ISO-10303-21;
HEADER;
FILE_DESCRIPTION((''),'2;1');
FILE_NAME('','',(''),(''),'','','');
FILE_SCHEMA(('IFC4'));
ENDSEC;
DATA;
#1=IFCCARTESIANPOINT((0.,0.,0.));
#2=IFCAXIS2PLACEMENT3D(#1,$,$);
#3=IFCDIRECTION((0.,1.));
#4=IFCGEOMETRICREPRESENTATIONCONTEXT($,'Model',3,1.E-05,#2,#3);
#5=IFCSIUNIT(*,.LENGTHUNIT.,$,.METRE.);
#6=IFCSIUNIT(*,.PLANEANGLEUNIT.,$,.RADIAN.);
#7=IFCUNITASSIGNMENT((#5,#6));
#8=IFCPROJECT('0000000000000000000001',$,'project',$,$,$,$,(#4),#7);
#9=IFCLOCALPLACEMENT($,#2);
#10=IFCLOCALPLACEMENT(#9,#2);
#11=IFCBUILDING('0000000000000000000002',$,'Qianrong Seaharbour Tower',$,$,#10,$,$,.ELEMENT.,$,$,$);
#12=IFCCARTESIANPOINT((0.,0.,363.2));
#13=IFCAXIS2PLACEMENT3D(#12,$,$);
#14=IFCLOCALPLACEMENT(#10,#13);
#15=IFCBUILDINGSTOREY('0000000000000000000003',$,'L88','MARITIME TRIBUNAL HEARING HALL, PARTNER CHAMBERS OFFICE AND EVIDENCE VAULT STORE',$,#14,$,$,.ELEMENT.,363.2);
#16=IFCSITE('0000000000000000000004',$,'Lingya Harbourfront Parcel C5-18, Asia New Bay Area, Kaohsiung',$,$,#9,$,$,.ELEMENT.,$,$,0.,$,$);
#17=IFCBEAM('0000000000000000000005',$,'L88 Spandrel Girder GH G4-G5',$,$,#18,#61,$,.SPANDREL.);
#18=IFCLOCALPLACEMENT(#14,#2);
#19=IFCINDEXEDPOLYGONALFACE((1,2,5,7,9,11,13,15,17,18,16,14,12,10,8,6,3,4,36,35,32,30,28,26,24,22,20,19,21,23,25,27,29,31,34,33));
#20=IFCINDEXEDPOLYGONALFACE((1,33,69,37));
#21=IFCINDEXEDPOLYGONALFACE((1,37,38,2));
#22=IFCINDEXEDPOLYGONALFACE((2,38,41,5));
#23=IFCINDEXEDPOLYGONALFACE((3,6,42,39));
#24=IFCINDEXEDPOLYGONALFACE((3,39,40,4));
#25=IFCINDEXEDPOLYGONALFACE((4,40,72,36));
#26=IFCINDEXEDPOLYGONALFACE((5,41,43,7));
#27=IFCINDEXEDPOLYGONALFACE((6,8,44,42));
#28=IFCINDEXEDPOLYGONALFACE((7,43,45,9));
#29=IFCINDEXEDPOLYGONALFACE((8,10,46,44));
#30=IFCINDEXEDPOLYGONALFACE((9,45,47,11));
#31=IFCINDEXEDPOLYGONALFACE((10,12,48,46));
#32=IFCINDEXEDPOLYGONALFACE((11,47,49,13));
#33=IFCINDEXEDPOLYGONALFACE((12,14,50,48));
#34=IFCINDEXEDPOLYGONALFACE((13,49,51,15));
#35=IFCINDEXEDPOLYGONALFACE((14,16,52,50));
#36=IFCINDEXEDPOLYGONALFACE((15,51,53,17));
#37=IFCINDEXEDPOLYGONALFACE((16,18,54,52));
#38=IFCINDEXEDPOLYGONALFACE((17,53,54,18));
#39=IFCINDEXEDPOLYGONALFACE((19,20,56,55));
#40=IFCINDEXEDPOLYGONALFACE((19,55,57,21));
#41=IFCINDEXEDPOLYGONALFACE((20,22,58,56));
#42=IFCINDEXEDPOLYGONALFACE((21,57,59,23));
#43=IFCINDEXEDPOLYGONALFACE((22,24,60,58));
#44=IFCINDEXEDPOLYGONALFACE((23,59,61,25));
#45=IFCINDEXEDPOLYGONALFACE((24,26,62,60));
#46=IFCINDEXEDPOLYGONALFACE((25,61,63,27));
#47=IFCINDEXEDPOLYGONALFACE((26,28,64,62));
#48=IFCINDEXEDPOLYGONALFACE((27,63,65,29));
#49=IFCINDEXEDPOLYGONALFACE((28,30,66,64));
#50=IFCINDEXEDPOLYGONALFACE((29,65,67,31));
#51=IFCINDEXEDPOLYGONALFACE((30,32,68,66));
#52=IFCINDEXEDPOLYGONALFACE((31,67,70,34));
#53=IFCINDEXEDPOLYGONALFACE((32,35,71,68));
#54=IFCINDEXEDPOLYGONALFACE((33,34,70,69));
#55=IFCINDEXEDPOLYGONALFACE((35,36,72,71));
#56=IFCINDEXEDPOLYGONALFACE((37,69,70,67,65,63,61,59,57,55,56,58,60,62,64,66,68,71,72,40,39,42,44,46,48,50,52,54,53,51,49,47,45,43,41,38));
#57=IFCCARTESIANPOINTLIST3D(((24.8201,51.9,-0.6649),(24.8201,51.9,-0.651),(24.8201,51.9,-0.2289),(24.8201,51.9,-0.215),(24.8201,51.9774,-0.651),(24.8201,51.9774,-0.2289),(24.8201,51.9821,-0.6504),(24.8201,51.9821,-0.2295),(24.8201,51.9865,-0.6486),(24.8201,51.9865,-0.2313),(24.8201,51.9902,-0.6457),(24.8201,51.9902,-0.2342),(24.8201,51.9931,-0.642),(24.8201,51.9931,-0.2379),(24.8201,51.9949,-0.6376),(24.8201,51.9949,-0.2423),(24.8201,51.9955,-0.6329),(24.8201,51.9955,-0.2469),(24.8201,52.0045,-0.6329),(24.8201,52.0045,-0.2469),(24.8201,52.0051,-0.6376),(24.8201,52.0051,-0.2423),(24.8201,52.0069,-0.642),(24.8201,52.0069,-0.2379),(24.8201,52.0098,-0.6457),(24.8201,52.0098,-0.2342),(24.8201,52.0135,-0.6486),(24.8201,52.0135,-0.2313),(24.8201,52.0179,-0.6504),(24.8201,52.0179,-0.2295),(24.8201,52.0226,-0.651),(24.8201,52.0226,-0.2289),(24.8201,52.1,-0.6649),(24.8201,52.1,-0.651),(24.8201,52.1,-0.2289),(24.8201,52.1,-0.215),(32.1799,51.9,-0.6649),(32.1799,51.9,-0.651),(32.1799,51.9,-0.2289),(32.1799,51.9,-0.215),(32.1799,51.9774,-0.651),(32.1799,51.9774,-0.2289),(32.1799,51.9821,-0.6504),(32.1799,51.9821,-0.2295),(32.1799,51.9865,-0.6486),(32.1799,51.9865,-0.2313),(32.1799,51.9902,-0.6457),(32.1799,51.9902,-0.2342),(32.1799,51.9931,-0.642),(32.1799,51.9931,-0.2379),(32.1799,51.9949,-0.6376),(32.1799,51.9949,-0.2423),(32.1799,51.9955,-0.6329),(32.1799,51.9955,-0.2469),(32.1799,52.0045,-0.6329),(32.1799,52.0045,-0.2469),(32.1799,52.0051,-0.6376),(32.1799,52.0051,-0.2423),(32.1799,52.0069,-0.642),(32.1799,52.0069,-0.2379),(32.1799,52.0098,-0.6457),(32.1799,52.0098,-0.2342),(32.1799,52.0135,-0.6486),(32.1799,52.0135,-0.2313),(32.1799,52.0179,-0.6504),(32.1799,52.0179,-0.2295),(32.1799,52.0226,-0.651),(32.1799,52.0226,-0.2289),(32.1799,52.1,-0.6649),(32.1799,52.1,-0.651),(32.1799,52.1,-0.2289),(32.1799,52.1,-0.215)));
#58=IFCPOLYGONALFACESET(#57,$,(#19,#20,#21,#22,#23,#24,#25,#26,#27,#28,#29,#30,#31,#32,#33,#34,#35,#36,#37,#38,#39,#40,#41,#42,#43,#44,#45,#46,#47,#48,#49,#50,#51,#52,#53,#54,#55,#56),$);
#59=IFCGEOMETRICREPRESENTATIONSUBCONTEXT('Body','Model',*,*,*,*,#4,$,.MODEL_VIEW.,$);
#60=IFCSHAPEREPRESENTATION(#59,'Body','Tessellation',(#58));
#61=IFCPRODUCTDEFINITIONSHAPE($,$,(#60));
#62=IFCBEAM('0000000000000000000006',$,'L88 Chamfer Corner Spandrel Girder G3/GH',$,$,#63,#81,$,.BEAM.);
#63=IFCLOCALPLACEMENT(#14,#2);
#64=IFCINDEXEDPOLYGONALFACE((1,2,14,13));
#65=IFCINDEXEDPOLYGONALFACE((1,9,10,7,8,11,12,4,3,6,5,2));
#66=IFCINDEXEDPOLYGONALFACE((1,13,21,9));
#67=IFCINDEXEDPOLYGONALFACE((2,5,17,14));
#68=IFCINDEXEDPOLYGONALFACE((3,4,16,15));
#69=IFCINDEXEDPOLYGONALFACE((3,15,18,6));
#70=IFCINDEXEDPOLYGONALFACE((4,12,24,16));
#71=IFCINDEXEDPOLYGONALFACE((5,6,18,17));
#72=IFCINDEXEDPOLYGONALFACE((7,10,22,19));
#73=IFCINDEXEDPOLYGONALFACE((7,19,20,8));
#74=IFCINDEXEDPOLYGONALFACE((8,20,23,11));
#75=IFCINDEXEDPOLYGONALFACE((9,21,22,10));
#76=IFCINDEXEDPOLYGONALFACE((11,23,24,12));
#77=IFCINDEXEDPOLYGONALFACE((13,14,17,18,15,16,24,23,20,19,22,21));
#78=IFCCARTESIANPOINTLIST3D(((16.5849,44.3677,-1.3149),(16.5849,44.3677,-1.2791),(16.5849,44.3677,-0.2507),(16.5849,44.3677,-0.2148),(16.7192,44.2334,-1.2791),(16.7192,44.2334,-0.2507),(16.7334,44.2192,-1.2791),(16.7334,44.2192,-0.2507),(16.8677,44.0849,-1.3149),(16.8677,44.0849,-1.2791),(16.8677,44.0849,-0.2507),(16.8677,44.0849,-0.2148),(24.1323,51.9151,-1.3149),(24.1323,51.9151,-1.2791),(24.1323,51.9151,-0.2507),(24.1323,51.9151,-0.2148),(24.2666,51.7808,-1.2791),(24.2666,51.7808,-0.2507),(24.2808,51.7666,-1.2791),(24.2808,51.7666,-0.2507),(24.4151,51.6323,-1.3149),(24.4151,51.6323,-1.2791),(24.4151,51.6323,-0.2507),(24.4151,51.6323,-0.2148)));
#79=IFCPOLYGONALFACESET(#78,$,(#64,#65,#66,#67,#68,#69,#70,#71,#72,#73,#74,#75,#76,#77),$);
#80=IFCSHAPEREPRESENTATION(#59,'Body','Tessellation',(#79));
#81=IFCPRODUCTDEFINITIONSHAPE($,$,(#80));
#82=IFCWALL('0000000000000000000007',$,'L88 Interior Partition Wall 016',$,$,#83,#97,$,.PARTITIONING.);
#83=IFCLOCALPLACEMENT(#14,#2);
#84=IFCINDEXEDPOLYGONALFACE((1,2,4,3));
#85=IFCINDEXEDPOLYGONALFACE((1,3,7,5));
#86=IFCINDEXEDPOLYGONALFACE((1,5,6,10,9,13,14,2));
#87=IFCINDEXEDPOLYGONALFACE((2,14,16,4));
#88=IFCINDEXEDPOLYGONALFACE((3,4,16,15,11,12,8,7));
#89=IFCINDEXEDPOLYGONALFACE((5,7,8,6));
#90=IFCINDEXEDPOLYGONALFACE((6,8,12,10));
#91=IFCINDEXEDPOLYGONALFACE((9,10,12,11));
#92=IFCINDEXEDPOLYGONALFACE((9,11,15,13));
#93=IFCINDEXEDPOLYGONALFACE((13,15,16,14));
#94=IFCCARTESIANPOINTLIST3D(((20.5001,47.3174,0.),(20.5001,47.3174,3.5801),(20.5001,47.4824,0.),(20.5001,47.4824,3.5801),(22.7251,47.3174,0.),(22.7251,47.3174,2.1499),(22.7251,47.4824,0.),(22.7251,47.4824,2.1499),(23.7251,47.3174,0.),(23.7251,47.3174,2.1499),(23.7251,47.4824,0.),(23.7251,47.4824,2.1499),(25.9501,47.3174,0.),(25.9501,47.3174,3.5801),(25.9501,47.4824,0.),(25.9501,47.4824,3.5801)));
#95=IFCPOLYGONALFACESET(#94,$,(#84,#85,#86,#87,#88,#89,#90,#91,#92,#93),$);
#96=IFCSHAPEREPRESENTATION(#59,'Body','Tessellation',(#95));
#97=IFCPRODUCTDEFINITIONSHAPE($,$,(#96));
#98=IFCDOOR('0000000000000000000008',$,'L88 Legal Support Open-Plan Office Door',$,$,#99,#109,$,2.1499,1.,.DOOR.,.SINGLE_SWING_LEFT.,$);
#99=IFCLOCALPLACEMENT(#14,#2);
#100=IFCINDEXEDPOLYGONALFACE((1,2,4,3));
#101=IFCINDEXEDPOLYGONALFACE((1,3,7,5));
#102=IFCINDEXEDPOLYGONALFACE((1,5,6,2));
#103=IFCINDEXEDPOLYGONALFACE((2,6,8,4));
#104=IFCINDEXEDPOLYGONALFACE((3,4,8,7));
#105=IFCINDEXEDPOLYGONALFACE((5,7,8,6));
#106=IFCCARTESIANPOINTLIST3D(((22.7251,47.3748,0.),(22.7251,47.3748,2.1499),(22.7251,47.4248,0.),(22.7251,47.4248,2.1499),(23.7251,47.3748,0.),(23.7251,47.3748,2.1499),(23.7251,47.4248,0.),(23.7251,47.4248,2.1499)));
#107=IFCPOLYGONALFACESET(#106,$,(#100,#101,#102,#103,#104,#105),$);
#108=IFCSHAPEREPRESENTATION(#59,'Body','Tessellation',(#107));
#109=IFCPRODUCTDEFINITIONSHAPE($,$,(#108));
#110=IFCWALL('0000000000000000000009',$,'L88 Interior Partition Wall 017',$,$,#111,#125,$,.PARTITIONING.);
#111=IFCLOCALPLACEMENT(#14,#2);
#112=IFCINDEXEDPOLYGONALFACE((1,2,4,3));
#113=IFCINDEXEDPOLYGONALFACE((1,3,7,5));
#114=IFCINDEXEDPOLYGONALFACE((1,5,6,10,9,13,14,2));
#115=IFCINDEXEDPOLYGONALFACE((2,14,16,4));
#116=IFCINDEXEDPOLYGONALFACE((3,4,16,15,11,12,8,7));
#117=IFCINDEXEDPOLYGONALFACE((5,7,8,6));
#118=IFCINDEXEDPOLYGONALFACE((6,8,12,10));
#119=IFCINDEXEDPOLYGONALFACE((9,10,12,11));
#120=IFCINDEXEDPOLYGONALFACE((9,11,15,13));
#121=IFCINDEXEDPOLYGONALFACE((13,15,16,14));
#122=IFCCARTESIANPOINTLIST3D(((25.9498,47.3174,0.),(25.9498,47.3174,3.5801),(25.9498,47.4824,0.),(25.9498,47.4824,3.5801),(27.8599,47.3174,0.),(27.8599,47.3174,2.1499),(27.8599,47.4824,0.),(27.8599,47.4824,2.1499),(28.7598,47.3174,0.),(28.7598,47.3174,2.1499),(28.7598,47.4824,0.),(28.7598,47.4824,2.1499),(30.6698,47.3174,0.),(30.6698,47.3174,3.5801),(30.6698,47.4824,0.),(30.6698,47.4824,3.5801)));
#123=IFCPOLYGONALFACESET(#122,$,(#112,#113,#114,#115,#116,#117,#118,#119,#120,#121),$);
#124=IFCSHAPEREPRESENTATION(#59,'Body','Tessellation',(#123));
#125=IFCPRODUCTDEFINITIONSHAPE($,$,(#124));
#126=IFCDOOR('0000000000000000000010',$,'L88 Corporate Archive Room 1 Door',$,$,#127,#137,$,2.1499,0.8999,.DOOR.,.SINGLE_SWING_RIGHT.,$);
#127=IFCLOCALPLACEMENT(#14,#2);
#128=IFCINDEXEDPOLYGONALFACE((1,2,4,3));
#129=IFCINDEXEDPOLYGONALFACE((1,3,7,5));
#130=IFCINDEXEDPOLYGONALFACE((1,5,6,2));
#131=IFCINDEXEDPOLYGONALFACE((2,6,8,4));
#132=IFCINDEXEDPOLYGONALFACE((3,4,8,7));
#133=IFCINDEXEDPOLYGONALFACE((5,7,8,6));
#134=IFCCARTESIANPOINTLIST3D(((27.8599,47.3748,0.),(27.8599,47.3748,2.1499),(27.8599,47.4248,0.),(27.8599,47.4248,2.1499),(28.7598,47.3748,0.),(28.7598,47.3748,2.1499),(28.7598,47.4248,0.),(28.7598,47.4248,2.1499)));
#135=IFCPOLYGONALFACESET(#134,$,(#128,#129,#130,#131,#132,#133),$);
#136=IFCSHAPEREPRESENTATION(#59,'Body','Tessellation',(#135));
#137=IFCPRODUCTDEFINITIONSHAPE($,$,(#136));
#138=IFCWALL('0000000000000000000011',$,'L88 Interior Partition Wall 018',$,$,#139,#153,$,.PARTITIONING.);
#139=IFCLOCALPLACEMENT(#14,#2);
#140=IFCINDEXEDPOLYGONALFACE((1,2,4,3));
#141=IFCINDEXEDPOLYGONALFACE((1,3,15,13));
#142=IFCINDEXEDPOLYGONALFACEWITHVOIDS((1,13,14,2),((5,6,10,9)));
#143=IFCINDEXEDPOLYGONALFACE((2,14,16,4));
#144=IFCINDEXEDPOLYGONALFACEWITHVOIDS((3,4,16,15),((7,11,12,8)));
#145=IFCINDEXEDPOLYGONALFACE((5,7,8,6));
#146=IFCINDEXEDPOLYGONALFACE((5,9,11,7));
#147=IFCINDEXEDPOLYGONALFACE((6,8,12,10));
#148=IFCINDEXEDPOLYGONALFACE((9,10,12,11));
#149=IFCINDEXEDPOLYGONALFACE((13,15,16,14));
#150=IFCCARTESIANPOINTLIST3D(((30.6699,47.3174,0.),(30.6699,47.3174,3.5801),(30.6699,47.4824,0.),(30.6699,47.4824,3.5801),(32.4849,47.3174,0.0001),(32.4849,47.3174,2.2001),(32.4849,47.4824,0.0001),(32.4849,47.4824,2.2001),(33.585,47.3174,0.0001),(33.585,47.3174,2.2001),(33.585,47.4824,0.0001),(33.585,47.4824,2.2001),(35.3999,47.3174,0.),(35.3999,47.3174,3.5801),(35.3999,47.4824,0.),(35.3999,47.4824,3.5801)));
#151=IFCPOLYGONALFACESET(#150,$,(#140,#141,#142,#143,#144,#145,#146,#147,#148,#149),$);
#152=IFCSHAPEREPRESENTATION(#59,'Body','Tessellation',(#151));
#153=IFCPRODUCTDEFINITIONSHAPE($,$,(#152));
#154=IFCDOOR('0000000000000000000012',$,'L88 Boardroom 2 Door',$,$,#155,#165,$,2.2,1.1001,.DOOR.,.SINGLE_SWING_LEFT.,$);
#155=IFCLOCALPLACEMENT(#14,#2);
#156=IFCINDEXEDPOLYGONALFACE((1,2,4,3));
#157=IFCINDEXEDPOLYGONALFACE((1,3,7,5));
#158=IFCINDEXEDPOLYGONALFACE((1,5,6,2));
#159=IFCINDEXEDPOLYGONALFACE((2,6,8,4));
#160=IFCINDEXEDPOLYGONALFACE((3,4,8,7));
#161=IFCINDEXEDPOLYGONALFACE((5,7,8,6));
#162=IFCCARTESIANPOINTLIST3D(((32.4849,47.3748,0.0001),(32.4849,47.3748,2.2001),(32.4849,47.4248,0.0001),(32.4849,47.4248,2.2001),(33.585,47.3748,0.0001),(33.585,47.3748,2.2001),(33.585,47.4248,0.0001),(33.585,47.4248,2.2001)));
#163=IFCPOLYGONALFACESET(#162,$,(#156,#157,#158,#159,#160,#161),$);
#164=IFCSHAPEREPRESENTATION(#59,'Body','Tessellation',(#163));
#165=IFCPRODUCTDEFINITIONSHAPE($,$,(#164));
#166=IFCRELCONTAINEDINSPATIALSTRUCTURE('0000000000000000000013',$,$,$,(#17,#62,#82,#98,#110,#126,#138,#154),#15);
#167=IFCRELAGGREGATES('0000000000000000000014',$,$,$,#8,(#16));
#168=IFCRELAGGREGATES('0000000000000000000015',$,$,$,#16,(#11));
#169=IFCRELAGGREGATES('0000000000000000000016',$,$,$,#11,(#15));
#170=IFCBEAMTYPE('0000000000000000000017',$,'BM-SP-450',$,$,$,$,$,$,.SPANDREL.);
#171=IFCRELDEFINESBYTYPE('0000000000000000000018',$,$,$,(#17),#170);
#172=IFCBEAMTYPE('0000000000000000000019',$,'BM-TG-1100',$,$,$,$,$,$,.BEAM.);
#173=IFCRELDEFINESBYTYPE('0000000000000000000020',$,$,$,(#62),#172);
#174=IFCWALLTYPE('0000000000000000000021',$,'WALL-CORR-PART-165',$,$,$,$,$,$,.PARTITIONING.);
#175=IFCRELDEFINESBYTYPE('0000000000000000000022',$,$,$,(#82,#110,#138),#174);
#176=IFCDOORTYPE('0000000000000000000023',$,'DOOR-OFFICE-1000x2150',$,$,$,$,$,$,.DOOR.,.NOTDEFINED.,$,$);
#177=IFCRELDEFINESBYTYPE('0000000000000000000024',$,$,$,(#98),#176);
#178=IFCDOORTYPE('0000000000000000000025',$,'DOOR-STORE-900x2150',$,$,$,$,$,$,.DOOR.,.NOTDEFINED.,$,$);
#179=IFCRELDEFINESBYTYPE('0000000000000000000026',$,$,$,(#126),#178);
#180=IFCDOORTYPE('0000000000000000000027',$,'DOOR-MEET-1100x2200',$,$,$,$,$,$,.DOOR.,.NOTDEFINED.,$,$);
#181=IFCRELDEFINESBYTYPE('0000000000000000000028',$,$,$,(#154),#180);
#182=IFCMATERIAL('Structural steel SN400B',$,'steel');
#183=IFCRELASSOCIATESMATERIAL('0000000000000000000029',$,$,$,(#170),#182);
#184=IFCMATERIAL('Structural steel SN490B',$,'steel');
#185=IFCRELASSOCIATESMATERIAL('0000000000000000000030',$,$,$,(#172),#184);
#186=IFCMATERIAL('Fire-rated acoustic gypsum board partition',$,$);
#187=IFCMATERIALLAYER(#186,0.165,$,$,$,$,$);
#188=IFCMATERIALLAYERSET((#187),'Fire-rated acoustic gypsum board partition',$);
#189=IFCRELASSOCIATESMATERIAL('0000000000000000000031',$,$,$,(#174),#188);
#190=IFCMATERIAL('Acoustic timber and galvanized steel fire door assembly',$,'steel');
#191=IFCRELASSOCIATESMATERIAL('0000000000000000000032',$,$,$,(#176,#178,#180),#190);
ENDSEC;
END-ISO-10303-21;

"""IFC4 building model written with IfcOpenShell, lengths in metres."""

from ifc_helpers import new_model, si_unit, direction, frame, frame_2d, origin, origin_2d, place, context, subcontext, project, spatial, rectangle, i_section, extrude, material, layer, layer_set, material_profile, profile_set, type_object, element, fill, save


model = new_model("IFC4")

# Units and contexts
model_context = context("Model", 3, precision=1e-05, world=origin(), true_north=direction((0.0, 1.0)))
body_context = subcontext(model_context, "Body", "Model", "MODEL_VIEW")
ifc_project = project(units=[si_unit("LENGTHUNIT", "METRE"), si_unit("PLANEANGLEUNIT", "RADIAN")], contexts=[model_context])

# Site, building, storey
site_placement = place(None, origin())
site = spatial("IfcSite", under=ifc_project, at=site_placement, Name="Lingya Harbourfront Parcel C5-18, Asia New Bay Area, Kaohsiung", CompositionType="ELEMENT", RefElevation=0.0)
building_placement = place(site_placement, origin())
building = spatial("IfcBuilding", under=site, at=building_placement, Name="Qianrong Seaharbour Tower", CompositionType="ELEMENT")
storey_placement = place(building_placement, frame((0.0, 0.0, 363.2)))
storey = spatial("IfcBuildingStorey", under=building, at=storey_placement, Name="L88", Description="MARITIME TRIBUNAL HEARING HALL, PARTNER CHAMBERS OFFICE AND EVIDENCE VAULT STORE", CompositionType="ELEMENT", Elevation=363.2)

# Shared definitions
ifc_material_1 = material(Name="Structural steel SN400B", Category="steel")

# Beams
ifc_material_2 = material(Name="Structural steel SN490B", Category="steel")
ifc_material_profile_1 = material_profile(ifc_material_1, i_section(OverallWidth=0.2, OverallDepth=0.45, WebThickness=0.009, FlangeThickness=0.0139, FilletRadius=0.0181, at=origin_2d()), Name="H450x200x9x14")
ifc_profile_set_1 = profile_set([ifc_material_profile_1], Name="Structural steel SN400B")
beam_type_1 = type_object("IfcBeamType", Name="BM-SP-450", PredefinedType="SPANDREL", material=ifc_profile_set_1)
beam_1_placement = place(storey_placement, frame((24.8201, 52.0, -0.4399), z_axis=(1.0, 0.0, 0.0), x_axis=(0.0, 1.0, 0.0)))
element("IfcBeam", 1, at=beam_1_placement, inside=storey, type_object=beam_type_1, Name="L88 Spandrel Girder GH G4-G5", PredefinedType="SPANDREL", context=body_context, shape_type="SweptSolid", body=[
    extrude(i_section(OverallWidth=0.2, OverallDepth=0.45, WebThickness=0.009, FlangeThickness=0.0139, FilletRadius=0.0181, at=origin_2d()), origin(), (0.0, 0.0, 1.0), 7.3599),
])
ifc_material_profile_2 = material_profile(ifc_material_2, i_section(OverallWidth=0.3999, OverallDepth=1.1001, WebThickness=0.02, FlangeThickness=0.0359, at=origin_2d()), Name="BH1100x400x20x36")
ifc_profile_set_2 = profile_set([ifc_material_profile_2], Name="Structural steel SN490B")
beam_type_2 = type_object("IfcBeamType", Name="BM-TG-1100", PredefinedType="BEAM", material=ifc_profile_set_2)
beam_2_placement = place(storey_placement, frame((24.2737, 51.7737, -0.7649), z_axis=(-0.707107, -0.707107, 0.0), x_axis=(0.707107, -0.707107, 0.0)))
element("IfcBeam", 2, at=beam_2_placement, inside=storey, type_object=beam_type_2, Name="L88 Chamfer Corner Spandrel Girder G3/GH", PredefinedType="BEAM", context=body_context, shape_type="SweptSolid", body=[
    extrude(i_section(OverallWidth=0.3999, OverallDepth=1.1001, WebThickness=0.02, FlangeThickness=0.0359, at=origin_2d()), origin(), (0.0, 0.0, 1.0), 10.6736),
])

# Walls, openings, doors
ifc_material_3 = material(Name="Fire-rated acoustic gypsum board partition")
ifc_layer_1 = layer(ifc_material_3, 0.165)
ifc_layer_set_1 = layer_set([ifc_layer_1], Name="Fire-rated acoustic gypsum board partition")
wall_type_1 = type_object("IfcWallType", Name="WALL-CORR-PART-165", PredefinedType="PARTITIONING", material=ifc_layer_set_1)
wall_1_placement = place(storey_placement, frame((20.5, 47.3999, 0.0), z_axis=(0.0, 0.0, 1.0), x_axis=(1.0, 0.0, 0.0)))
wall_1 = element("IfcWall", 3, at=wall_1_placement, inside=storey, type_object=wall_type_1, Name="L88 Interior Partition Wall 016", PredefinedType="PARTITIONING", context=body_context, shape_type="SweptSolid", body=[
    extrude(rectangle(XDim=5.45, YDim=0.165, at=frame_2d((2.7251, 0.0))), origin(), (0.0, 0.0, 1.0), 3.5801),
])
opening_1_placement = place(wall_1_placement, frame((2.2251, 0.0, 0.0)))
opening_1 = element("IfcOpeningElement", 4, at=opening_1_placement, cuts=wall_1, PredefinedType="OPENING", context=body_context, shape_type="SweptSolid", body=[
    extrude(rectangle(XDim=1.0, YDim=2.1499, at=frame_2d((0.5, 1.075))), frame((0.0, 0.0925, 0.0), z_axis=(0.0, -1.0, 0.0), x_axis=(1.0, 0.0, 0.0)), (0.0, 0.0, 1.0), 0.1851),
])
ifc_material_4 = material(Name="Acoustic timber and galvanized steel fire door assembly", Category="steel")
door_type_1 = type_object("IfcDoorType", Name="DOOR-OFFICE-1000x2150", OperationType="NOTDEFINED", PredefinedType="DOOR", material=ifc_material_4)
door_1_placement = place(opening_1_placement, origin())
door_1 = element("IfcDoor", 5, at=door_1_placement, inside=storey, type_object=door_type_1, Name="L88 Legal Support Open-Plan Office Door", OperationType="SINGLE_SWING_LEFT", OverallHeight=2.1499, OverallWidth=1.0, PredefinedType="DOOR", context=body_context, shape_type="SweptSolid", body=[
    extrude(rectangle(XDim=1.0, YDim=2.1499, at=frame_2d((0.5, 1.075))), frame((0.0, 0.0249, 0.0), z_axis=(0.0, -1.0, 0.0), x_axis=(1.0, 0.0, 0.0)), (0.0, 0.0, 1.0), 0.05),
])
fill(opening_1, door_1)
wall_2_placement = place(storey_placement, frame((25.95, 47.3999, 0.0), z_axis=(0.0, 0.0, 1.0), x_axis=(1.0, 0.0, 0.0)))
wall_2 = element("IfcWall", 6, at=wall_2_placement, inside=storey, type_object=wall_type_1, Name="L88 Interior Partition Wall 017", PredefinedType="PARTITIONING", context=body_context, shape_type="SweptSolid", body=[
    extrude(rectangle(XDim=4.72, YDim=0.165, at=frame_2d((2.3599, 0.0))), origin(), (0.0, 0.0, 1.0), 3.5801),
])
opening_2_placement = place(wall_2_placement, frame((1.9099, 0.0, 0.0)))
opening_2 = element("IfcOpeningElement", 7, at=opening_2_placement, cuts=wall_2, PredefinedType="OPENING", context=body_context, shape_type="SweptSolid", body=[
    extrude(rectangle(XDim=0.8999, YDim=2.1499, at=frame_2d((0.45, 1.075))), frame((0.0, 0.0925, 0.0), z_axis=(0.0, -1.0, 0.0), x_axis=(1.0, 0.0, 0.0)), (0.0, 0.0, 1.0), 0.1851),
])
door_type_2 = type_object("IfcDoorType", Name="DOOR-STORE-900x2150", OperationType="NOTDEFINED", PredefinedType="DOOR", material=ifc_material_4)
door_2_placement = place(opening_2_placement, origin())
door_2 = element("IfcDoor", 8, at=door_2_placement, inside=storey, type_object=door_type_2, Name="L88 Corporate Archive Room 1 Door", OperationType="SINGLE_SWING_RIGHT", OverallHeight=2.1499, OverallWidth=0.8999, PredefinedType="DOOR", context=body_context, shape_type="SweptSolid", body=[
    extrude(rectangle(XDim=0.8999, YDim=2.1499, at=frame_2d((0.45, 1.075))), frame((0.0, 0.0249, 0.0), z_axis=(0.0, -1.0, 0.0), x_axis=(1.0, 0.0, 0.0)), (0.0, 0.0, 1.0), 0.05),
])
fill(opening_2, door_2)
wall_3_placement = place(storey_placement, frame((30.6699, 47.3999, 0.0), z_axis=(0.0, 0.0, 1.0), x_axis=(1.0, 0.0, 0.0)))
wall_3 = element("IfcWall", 9, at=wall_3_placement, inside=storey, type_object=wall_type_1, Name="L88 Interior Partition Wall 018", PredefinedType="PARTITIONING", context=body_context, shape_type="SweptSolid", body=[
    extrude(rectangle(XDim=4.73, YDim=0.165, at=frame_2d((2.365, 0.0))), origin(), (0.0, 0.0, 1.0), 3.5801),
])
opening_3_placement = place(wall_3_placement, frame((1.8149, 0.0, 0.0)))
opening_3 = element("IfcOpeningElement", 10, at=opening_3_placement, cuts=wall_3, PredefinedType="OPENING", context=body_context, shape_type="SweptSolid", body=[
    extrude(rectangle(XDim=1.1001, YDim=2.2, at=frame_2d((0.55, 1.1001))), frame((0.0, 0.0925, 0.0), z_axis=(0.0, -1.0, 0.0), x_axis=(1.0, 0.0, 0.0)), (0.0, 0.0, 1.0), 0.1851),
])
door_type_3 = type_object("IfcDoorType", Name="DOOR-MEET-1100x2200", OperationType="NOTDEFINED", PredefinedType="DOOR", material=ifc_material_4)
door_3_placement = place(opening_3_placement, origin())
door_3 = element("IfcDoor", 11, at=door_3_placement, inside=storey, type_object=door_type_3, Name="L88 Boardroom 2 Door", OperationType="SINGLE_SWING_LEFT", OverallHeight=2.2, OverallWidth=1.1001, PredefinedType="DOOR", context=body_context, shape_type="SweptSolid", body=[
    extrude(rectangle(XDim=1.1001, YDim=2.2, at=frame_2d((0.55, 1.1001))), frame((0.0, 0.0249, 0.0), z_axis=(0.0, -1.0, 0.0), x_axis=(1.0, 0.0, 0.0)), (0.0, 0.0, 1.0), 0.05),
])
fill(opening_3, door_3)

save(model, "model.ifc")
